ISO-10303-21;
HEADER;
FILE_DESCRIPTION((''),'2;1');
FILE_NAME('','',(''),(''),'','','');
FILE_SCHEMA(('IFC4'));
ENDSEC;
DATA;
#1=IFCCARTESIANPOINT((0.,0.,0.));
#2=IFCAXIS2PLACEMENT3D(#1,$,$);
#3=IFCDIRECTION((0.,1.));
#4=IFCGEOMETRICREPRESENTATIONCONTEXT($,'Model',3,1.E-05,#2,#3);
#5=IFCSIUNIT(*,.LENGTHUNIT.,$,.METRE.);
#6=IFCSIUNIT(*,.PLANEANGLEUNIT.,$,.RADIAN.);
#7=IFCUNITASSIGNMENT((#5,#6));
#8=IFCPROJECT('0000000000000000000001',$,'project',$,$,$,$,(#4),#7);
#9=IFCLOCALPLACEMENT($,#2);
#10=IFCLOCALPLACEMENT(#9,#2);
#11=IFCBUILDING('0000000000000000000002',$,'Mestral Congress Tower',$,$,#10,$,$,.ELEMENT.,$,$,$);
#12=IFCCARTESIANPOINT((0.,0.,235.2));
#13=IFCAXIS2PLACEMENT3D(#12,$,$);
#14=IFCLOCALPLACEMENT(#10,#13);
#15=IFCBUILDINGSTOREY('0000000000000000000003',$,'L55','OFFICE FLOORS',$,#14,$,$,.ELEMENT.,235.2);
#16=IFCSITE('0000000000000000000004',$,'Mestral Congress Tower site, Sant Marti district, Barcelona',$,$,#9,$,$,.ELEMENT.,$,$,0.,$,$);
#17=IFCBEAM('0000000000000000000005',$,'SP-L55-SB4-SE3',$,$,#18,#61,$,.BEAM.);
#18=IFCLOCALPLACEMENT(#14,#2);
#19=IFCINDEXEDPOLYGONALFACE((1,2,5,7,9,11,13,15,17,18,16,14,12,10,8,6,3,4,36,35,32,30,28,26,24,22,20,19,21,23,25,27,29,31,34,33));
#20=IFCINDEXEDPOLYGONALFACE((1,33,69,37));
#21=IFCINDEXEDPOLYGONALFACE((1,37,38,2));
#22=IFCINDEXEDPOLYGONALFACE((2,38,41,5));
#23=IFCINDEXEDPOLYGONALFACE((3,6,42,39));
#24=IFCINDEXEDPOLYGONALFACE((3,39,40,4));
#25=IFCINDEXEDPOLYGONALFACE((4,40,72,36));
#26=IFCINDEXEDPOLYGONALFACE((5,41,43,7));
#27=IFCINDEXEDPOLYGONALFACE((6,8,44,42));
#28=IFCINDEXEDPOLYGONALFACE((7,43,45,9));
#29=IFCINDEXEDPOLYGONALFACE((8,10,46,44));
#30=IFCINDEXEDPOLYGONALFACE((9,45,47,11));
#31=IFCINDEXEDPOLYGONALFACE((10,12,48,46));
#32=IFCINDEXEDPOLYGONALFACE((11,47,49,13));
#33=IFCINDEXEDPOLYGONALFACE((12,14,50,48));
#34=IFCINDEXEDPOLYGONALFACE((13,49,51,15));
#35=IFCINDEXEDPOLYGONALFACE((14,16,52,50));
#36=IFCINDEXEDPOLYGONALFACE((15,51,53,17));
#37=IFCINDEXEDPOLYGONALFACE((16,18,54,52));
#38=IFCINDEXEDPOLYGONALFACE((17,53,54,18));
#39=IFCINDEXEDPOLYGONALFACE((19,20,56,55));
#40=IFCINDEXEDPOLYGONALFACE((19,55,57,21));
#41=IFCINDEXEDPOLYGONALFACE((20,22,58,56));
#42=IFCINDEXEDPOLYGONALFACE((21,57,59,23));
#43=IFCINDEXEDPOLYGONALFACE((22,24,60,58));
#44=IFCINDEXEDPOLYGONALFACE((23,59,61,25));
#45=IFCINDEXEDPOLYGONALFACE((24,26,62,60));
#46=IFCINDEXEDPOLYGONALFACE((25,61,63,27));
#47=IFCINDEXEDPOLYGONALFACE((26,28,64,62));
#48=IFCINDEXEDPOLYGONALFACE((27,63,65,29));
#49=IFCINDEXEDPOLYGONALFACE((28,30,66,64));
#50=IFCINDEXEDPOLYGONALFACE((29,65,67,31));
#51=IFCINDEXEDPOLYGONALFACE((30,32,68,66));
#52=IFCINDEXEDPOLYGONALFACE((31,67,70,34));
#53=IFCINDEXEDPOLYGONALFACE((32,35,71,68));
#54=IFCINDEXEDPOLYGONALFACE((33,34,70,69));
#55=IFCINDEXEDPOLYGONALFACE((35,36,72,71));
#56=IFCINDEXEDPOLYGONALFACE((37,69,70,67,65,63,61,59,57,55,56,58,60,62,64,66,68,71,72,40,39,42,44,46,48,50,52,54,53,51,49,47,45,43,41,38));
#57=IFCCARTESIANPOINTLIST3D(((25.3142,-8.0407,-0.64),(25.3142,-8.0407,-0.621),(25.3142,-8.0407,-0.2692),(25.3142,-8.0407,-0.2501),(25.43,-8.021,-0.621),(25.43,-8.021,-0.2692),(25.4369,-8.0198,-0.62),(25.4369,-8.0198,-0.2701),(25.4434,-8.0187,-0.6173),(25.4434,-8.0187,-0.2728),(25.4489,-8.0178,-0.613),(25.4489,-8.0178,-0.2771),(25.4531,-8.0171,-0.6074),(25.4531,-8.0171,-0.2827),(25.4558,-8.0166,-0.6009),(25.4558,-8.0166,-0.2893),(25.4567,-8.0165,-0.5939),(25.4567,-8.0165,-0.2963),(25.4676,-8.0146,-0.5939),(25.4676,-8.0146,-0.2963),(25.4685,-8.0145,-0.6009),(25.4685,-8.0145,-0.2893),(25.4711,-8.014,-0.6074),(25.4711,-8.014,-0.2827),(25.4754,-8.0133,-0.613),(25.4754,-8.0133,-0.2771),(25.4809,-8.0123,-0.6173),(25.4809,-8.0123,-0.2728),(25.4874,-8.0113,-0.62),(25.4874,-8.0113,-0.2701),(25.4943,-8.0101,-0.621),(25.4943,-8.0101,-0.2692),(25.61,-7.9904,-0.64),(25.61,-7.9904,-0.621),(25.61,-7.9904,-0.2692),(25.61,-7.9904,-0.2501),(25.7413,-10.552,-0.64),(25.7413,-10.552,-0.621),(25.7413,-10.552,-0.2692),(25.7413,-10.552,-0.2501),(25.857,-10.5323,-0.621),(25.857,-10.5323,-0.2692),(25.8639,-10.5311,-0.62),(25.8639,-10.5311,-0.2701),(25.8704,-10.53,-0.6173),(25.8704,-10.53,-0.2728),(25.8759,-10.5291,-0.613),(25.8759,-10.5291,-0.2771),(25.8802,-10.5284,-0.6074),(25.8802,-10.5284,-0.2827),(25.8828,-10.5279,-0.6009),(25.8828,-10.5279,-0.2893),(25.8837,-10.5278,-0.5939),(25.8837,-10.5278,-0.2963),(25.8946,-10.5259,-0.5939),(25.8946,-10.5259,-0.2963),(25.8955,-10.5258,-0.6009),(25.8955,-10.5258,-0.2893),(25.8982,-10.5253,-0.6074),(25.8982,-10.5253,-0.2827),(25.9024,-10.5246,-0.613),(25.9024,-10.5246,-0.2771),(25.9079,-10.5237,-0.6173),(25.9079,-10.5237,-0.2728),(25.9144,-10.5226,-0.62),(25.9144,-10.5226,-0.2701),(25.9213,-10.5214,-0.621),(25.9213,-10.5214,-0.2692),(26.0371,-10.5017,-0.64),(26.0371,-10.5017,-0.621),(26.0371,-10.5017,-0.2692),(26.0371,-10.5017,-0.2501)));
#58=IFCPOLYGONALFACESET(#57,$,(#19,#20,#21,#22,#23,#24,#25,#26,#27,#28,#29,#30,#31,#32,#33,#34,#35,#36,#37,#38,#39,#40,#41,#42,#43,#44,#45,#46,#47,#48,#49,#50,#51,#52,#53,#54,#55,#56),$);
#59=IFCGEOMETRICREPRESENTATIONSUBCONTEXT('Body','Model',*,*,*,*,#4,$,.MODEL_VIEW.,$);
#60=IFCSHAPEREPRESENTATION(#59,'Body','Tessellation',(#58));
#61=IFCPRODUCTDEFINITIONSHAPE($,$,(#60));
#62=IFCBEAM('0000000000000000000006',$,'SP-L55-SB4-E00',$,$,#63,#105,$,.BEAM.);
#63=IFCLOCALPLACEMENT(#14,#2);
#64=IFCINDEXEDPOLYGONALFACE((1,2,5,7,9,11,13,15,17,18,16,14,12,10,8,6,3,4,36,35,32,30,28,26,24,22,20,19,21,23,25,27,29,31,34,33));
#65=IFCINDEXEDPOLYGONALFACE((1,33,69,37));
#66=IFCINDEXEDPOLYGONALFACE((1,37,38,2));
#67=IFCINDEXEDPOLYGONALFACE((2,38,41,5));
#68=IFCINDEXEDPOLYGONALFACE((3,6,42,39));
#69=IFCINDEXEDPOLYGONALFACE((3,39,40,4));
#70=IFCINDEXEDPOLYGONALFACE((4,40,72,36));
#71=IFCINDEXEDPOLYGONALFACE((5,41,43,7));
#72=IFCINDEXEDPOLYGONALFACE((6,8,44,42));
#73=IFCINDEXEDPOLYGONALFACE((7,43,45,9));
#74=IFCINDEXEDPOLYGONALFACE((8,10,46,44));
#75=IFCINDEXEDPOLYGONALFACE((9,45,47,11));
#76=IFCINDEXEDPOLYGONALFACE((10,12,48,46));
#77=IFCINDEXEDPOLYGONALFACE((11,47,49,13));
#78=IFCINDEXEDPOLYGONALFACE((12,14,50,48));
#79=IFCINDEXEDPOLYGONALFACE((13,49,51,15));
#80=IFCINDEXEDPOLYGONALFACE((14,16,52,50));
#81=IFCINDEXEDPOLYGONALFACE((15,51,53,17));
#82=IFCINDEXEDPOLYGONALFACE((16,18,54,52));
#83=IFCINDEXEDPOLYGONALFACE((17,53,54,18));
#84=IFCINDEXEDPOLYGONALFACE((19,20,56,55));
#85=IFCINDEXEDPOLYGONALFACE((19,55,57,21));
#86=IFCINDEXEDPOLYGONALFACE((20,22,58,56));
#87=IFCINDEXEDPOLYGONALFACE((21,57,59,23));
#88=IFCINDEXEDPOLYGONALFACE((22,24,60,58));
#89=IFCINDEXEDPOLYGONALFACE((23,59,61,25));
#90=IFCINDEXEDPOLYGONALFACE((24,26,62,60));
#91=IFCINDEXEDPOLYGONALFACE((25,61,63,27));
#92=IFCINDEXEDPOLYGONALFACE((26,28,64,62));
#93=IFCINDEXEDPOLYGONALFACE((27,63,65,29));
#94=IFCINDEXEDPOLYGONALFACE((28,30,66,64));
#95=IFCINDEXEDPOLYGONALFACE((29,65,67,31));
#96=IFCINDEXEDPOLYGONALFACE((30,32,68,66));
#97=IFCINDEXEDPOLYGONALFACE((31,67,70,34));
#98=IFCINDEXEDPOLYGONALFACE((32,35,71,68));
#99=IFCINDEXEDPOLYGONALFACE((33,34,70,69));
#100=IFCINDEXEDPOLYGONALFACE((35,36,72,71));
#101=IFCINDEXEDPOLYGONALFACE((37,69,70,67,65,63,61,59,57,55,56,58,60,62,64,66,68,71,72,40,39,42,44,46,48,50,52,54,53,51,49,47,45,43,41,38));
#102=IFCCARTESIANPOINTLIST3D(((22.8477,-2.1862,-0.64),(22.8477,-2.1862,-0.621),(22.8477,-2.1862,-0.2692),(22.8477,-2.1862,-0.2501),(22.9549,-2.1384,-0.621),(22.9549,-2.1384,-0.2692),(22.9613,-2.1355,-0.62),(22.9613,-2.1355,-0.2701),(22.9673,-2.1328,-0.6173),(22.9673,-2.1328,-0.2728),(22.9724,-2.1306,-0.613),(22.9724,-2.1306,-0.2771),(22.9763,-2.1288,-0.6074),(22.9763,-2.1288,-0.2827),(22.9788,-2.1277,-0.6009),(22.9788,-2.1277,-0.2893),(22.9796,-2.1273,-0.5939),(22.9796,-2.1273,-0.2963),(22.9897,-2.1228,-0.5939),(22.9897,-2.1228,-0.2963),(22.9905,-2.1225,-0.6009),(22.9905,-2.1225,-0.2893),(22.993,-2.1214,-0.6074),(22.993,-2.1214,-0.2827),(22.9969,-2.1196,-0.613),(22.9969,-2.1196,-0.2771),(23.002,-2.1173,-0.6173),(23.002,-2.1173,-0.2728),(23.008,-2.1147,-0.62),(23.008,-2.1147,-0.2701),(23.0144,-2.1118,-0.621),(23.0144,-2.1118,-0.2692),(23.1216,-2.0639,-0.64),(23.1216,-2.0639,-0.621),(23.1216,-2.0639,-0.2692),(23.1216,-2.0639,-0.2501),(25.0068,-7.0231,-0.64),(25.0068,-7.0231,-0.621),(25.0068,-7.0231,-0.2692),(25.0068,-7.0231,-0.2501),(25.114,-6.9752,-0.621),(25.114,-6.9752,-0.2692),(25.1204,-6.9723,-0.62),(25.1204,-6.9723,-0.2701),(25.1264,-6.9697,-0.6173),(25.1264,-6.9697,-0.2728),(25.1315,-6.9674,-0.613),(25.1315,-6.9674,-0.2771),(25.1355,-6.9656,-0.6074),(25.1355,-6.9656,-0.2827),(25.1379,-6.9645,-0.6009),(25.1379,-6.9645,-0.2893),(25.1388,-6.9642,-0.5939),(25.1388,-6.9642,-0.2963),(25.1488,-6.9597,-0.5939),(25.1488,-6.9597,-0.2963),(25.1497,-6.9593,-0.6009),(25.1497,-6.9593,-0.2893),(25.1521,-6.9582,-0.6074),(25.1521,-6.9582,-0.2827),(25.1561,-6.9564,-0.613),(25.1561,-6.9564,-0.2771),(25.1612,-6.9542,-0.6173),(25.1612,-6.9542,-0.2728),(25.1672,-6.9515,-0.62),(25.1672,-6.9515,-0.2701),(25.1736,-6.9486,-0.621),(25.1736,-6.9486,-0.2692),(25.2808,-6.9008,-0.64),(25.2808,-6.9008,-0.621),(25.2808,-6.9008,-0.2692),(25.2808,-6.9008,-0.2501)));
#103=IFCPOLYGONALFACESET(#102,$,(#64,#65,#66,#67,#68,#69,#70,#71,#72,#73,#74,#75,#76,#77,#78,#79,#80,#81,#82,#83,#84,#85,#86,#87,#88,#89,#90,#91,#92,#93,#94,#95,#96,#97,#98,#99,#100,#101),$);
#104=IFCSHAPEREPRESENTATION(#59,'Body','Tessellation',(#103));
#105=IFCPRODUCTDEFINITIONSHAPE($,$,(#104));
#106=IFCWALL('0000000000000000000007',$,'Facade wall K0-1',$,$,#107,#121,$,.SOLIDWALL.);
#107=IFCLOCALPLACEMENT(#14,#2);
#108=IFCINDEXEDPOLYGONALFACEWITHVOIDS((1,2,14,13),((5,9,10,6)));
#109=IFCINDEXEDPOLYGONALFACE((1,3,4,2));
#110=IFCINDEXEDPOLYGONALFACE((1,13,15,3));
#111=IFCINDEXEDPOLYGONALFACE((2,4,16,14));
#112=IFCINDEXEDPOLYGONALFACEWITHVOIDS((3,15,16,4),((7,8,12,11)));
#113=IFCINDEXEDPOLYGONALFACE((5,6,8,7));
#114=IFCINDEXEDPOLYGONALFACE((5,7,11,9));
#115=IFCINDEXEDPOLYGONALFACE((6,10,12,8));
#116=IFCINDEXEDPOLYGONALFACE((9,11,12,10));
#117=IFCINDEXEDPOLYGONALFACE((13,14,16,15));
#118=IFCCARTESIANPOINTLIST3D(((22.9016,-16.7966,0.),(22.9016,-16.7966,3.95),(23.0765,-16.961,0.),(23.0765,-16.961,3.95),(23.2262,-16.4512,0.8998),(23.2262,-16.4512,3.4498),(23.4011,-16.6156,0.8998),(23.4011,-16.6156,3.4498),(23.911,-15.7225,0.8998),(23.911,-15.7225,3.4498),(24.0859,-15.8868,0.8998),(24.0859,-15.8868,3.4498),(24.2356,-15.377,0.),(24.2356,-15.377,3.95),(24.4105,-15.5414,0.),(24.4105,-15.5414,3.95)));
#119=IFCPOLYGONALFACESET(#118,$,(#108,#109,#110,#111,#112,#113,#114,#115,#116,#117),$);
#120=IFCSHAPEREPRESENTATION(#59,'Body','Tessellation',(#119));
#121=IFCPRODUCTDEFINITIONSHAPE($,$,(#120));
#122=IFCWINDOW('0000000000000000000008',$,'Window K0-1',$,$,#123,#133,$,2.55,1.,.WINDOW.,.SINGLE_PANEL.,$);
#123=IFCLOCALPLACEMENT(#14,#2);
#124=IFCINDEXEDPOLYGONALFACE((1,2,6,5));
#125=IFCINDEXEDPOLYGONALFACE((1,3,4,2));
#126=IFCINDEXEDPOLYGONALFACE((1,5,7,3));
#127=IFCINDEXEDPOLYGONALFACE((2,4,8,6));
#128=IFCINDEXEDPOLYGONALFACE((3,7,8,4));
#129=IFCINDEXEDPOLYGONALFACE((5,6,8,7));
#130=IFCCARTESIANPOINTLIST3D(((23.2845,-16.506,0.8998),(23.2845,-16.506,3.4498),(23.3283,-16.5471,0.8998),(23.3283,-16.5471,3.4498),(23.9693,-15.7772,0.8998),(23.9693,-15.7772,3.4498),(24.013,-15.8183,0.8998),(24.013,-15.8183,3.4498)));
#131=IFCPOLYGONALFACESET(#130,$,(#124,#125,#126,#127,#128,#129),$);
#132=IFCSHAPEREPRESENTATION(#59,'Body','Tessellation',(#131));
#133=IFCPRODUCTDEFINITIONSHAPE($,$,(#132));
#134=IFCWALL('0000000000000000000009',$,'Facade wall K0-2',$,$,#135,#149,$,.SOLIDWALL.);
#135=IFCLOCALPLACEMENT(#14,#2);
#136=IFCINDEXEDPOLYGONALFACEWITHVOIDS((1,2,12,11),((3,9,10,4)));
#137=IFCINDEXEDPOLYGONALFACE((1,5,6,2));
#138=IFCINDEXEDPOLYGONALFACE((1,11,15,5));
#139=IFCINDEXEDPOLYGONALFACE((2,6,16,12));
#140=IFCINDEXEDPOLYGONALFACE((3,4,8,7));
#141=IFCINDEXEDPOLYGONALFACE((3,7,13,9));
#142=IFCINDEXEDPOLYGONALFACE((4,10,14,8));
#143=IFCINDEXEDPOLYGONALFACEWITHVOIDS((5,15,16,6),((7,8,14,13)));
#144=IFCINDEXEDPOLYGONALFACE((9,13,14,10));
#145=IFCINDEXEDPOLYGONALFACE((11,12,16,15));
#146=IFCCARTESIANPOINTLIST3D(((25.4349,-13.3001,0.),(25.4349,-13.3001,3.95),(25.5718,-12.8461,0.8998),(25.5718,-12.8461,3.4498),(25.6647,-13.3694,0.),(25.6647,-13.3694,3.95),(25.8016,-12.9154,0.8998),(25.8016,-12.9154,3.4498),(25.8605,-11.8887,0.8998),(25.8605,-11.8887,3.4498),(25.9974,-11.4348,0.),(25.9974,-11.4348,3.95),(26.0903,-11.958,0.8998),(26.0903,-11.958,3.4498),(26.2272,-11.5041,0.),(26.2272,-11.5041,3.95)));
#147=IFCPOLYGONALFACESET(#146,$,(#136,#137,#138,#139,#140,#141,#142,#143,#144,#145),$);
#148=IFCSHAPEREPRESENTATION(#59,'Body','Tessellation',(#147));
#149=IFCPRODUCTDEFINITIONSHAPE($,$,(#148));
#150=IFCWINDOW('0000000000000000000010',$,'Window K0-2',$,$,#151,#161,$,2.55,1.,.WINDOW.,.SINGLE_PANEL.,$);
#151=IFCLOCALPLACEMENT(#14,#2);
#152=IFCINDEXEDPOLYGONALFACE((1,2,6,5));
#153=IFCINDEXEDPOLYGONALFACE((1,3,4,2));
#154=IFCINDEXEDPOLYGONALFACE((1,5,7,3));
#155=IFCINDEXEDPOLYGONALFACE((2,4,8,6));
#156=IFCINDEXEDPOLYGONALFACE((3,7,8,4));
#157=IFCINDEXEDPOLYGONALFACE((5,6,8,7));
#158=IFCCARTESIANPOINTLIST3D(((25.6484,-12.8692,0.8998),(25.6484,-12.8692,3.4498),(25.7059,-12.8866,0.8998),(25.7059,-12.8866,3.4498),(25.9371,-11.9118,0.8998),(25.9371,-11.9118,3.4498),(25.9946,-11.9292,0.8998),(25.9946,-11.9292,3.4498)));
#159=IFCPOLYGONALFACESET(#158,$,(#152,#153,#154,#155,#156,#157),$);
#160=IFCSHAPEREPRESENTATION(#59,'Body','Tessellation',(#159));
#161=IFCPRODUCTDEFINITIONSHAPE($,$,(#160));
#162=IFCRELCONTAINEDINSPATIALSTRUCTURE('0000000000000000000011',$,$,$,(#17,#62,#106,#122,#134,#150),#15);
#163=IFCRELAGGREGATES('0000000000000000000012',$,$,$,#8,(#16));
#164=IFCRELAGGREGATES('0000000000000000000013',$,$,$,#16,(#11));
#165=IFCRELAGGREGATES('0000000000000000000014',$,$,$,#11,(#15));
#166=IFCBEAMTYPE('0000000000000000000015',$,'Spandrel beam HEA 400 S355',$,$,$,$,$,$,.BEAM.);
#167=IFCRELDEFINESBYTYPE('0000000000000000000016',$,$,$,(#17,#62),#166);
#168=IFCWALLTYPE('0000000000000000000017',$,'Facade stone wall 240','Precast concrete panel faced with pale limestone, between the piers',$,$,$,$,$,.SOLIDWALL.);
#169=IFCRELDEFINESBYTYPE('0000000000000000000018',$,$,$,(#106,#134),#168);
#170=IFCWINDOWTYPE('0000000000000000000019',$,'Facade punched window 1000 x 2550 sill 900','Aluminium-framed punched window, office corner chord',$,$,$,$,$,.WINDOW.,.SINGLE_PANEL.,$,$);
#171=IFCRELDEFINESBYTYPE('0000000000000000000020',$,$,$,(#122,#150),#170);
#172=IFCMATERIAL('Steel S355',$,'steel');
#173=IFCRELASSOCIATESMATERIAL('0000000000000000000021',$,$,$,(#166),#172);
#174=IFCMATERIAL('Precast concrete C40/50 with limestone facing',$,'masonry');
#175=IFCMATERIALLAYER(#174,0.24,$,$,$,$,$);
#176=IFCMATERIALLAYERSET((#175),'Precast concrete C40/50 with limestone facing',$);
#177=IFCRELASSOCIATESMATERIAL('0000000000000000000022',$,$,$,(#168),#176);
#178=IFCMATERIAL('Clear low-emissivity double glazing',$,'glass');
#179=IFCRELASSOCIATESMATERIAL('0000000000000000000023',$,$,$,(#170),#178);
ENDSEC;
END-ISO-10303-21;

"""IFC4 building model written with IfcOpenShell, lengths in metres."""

from ifc_helpers import new_model, si_unit, direction, frame, frame_2d, origin, origin_2d, place, context, subcontext, project, spatial, rectangle, i_section, extrude, material, layer, layer_set, material_profile, profile_set, type_object, element, fill, save


model = new_model("IFC4")

# Units and contexts
model_context = context("Model", 3, precision=1e-05, world=origin(), true_north=direction((0.0, 1.0)))
body_context = subcontext(model_context, "Body", "Model", "MODEL_VIEW")
ifc_project = project(units=[si_unit("LENGTHUNIT", "METRE"), si_unit("PLANEANGLEUNIT", "RADIAN")], contexts=[model_context])

# Site, building, storey
site_placement = place(None, origin())
site = spatial("IfcSite", under=ifc_project, at=site_placement, Name="Mestral Congress Tower site, Sant Marti district, Barcelona", CompositionType="ELEMENT", RefElevation=0.0)
building_placement = place(site_placement, origin())
building = spatial("IfcBuilding", under=site, at=building_placement, Name="Mestral Congress Tower", CompositionType="ELEMENT")
storey_placement = place(building_placement, frame((0.0, 0.0, 235.2)))
storey = spatial("IfcBuildingStorey", under=building, at=storey_placement, Name="L55", Description="OFFICE FLOORS", CompositionType="ELEMENT", Elevation=235.2)

# Beams
ifc_material_1 = material(Name="Steel S355", Category="steel")
ifc_material_profile_1 = material_profile(ifc_material_1, i_section(OverallWidth=0.3, OverallDepth=0.3899, WebThickness=0.011, FlangeThickness=0.019, FilletRadius=0.0271, at=origin_2d()), Name="HEA 400")
ifc_profile_set_1 = profile_set([ifc_material_profile_1], Name="Steel S355")
beam_type_1 = type_object("IfcBeamType", Name="Spandrel beam HEA 400 S355", PredefinedType="BEAM", material=ifc_profile_set_1)
beam_1_placement = place(storey_placement, frame((25.8892, -10.5269, -0.4451), z_axis=(-0.167631, 0.98585, 0.0), x_axis=(-0.98585, -0.167631, 0.0)))
element("IfcBeam", 1, at=beam_1_placement, inside=storey, type_object=beam_type_1, Name="SP-L55-SB4-SE3", PredefinedType="BEAM", context=body_context, shape_type="SweptSolid", body=[
    extrude(i_section(OverallWidth=0.3, OverallDepth=0.3899, WebThickness=0.011, FlangeThickness=0.019, FilletRadius=0.0271, at=origin_2d()), origin(), (0.0, 0.0, 1.0), 2.5474),
])
beam_2_placement = place(storey_placement, frame((25.1438, -6.9619, -0.4451), z_axis=(-0.407626, 0.913149, 0.0), x_axis=(-0.913149, -0.407626, 0.0)))
element("IfcBeam", 2, at=beam_2_placement, inside=storey, type_object=beam_type_1, Name="SP-L55-SB4-E00", PredefinedType="BEAM", context=body_context, shape_type="SweptSolid", body=[
    extrude(i_section(OverallWidth=0.3, OverallDepth=0.3899, WebThickness=0.011, FlangeThickness=0.019, FilletRadius=0.0271, at=origin_2d()), origin(), (0.0, 0.0, 1.0), 5.2969),
])

# Walls, openings, windows
ifc_material_2 = material(Name="Precast concrete C40/50 with limestone facing", Category="masonry")
ifc_layer_1 = layer(ifc_material_2, 0.24)
ifc_layer_set_1 = layer_set([ifc_layer_1], Name="Precast concrete C40/50 with limestone facing")
wall_type_1 = type_object("IfcWallType", Name="Facade stone wall 240", Description="Precast concrete panel faced with pale limestone, between the piers", PredefinedType="SOLIDWALL", material=ifc_layer_set_1)
wall_1_placement = place(storey_placement, frame((22.989, -16.8789, 0.0), z_axis=(0.0, 0.0, 1.0), x_axis=(0.68477, 0.728759, 0.0)))
wall_1 = element("IfcWall", 3, at=wall_1_placement, inside=storey, type_object=wall_type_1, Name="Facade wall K0-1", PredefinedType="SOLIDWALL", context=body_context, shape_type="SweptSolid", body=[
    extrude(rectangle(XDim=1.948, YDim=0.24, at=frame_2d((0.9741, 0.0))), origin(), (0.0, 0.0, 1.0), 3.95),
])
opening_1_placement = place(wall_1_placement, frame((0.4741, 0.0, 0.8999)))
opening_1 = element("IfcOpeningElement", 4, at=opening_1_placement, cuts=wall_1, PredefinedType="OPENING", context=body_context, shape_type="SweptSolid", body=[
    extrude(rectangle(XDim=1.0, YDim=2.55, at=frame_2d((0.5, 1.2749))), frame((0.0, 0.1299, 0.0), z_axis=(0.0, -1.0, 0.0), x_axis=(1.0, 0.0, 0.0)), (0.0, 0.0, 1.0), 0.26),
])
ifc_material_3 = material(Name="Clear low-emissivity double glazing", Category="glass")
window_type_1 = type_object("IfcWindowType", Name="Facade punched window 1000 x 2550 sill 900", Description="Aluminium-framed punched window, office corner chord", PartitioningType="SINGLE_PANEL", PredefinedType="WINDOW", material=ifc_material_3)
window_1_placement = place(opening_1_placement, origin())
window_1 = element("IfcWindow", 5, at=window_1_placement, inside=storey, type_object=window_type_1, Name="Window K0-1", OverallHeight=2.55, OverallWidth=1.0, PartitioningType="SINGLE_PANEL", PredefinedType="WINDOW", context=body_context, shape_type="SweptSolid", body=[
    extrude(rectangle(XDim=1.0, YDim=2.55, at=frame_2d((0.5, 1.2749))), frame((0.0, 0.04, 0.0), z_axis=(0.0, -1.0, 0.0), x_axis=(1.0, 0.0, 0.0)), (0.0, 0.0, 1.0), 0.0601),
])
fill(opening_1, window_1)
wall_2_placement = place(storey_placement, frame((25.5498, -13.3347, 0.0), z_axis=(0.0, 0.0, 1.0), x_axis=(0.288727, 0.957411, 0.0)))
wall_2 = element("IfcWall", 6, at=wall_2_placement, inside=storey, type_object=wall_type_1, Name="Facade wall K0-2", PredefinedType="SOLIDWALL", context=body_context, shape_type="SweptSolid", body=[
    extrude(rectangle(XDim=1.9482, YDim=0.24, at=frame_2d((0.9741, 0.0))), origin(), (0.0, 0.0, 1.0), 3.95),
])
opening_2_placement = place(wall_2_placement, frame((0.4741, 0.0, 0.8999)))
opening_2 = element("IfcOpeningElement", 7, at=opening_2_placement, cuts=wall_2, PredefinedType="OPENING", context=body_context, shape_type="SweptSolid", body=[
    extrude(rectangle(XDim=1.0, YDim=2.55, at=frame_2d((0.5, 1.2749))), frame((0.0, 0.1299, 0.0), z_axis=(0.0, -1.0, 0.0), x_axis=(1.0, 0.0, 0.0)), (0.0, 0.0, 1.0), 0.26),
])
window_2_placement = place(opening_2_placement, origin())
window_2 = element("IfcWindow", 8, at=window_2_placement, inside=storey, type_object=window_type_1, Name="Window K0-2", OverallHeight=2.55, OverallWidth=1.0, PartitioningType="SINGLE_PANEL", PredefinedType="WINDOW", context=body_context, shape_type="SweptSolid", body=[
    extrude(rectangle(XDim=1.0, YDim=2.55, at=frame_2d((0.5, 1.2749))), frame((0.0, 0.04, 0.0), z_axis=(0.0, -1.0, 0.0), x_axis=(1.0, 0.0, 0.0)), (0.0, 0.0, 1.0), 0.0601),
])
fill(opening_2, window_2)

save(model, "model.ifc")
